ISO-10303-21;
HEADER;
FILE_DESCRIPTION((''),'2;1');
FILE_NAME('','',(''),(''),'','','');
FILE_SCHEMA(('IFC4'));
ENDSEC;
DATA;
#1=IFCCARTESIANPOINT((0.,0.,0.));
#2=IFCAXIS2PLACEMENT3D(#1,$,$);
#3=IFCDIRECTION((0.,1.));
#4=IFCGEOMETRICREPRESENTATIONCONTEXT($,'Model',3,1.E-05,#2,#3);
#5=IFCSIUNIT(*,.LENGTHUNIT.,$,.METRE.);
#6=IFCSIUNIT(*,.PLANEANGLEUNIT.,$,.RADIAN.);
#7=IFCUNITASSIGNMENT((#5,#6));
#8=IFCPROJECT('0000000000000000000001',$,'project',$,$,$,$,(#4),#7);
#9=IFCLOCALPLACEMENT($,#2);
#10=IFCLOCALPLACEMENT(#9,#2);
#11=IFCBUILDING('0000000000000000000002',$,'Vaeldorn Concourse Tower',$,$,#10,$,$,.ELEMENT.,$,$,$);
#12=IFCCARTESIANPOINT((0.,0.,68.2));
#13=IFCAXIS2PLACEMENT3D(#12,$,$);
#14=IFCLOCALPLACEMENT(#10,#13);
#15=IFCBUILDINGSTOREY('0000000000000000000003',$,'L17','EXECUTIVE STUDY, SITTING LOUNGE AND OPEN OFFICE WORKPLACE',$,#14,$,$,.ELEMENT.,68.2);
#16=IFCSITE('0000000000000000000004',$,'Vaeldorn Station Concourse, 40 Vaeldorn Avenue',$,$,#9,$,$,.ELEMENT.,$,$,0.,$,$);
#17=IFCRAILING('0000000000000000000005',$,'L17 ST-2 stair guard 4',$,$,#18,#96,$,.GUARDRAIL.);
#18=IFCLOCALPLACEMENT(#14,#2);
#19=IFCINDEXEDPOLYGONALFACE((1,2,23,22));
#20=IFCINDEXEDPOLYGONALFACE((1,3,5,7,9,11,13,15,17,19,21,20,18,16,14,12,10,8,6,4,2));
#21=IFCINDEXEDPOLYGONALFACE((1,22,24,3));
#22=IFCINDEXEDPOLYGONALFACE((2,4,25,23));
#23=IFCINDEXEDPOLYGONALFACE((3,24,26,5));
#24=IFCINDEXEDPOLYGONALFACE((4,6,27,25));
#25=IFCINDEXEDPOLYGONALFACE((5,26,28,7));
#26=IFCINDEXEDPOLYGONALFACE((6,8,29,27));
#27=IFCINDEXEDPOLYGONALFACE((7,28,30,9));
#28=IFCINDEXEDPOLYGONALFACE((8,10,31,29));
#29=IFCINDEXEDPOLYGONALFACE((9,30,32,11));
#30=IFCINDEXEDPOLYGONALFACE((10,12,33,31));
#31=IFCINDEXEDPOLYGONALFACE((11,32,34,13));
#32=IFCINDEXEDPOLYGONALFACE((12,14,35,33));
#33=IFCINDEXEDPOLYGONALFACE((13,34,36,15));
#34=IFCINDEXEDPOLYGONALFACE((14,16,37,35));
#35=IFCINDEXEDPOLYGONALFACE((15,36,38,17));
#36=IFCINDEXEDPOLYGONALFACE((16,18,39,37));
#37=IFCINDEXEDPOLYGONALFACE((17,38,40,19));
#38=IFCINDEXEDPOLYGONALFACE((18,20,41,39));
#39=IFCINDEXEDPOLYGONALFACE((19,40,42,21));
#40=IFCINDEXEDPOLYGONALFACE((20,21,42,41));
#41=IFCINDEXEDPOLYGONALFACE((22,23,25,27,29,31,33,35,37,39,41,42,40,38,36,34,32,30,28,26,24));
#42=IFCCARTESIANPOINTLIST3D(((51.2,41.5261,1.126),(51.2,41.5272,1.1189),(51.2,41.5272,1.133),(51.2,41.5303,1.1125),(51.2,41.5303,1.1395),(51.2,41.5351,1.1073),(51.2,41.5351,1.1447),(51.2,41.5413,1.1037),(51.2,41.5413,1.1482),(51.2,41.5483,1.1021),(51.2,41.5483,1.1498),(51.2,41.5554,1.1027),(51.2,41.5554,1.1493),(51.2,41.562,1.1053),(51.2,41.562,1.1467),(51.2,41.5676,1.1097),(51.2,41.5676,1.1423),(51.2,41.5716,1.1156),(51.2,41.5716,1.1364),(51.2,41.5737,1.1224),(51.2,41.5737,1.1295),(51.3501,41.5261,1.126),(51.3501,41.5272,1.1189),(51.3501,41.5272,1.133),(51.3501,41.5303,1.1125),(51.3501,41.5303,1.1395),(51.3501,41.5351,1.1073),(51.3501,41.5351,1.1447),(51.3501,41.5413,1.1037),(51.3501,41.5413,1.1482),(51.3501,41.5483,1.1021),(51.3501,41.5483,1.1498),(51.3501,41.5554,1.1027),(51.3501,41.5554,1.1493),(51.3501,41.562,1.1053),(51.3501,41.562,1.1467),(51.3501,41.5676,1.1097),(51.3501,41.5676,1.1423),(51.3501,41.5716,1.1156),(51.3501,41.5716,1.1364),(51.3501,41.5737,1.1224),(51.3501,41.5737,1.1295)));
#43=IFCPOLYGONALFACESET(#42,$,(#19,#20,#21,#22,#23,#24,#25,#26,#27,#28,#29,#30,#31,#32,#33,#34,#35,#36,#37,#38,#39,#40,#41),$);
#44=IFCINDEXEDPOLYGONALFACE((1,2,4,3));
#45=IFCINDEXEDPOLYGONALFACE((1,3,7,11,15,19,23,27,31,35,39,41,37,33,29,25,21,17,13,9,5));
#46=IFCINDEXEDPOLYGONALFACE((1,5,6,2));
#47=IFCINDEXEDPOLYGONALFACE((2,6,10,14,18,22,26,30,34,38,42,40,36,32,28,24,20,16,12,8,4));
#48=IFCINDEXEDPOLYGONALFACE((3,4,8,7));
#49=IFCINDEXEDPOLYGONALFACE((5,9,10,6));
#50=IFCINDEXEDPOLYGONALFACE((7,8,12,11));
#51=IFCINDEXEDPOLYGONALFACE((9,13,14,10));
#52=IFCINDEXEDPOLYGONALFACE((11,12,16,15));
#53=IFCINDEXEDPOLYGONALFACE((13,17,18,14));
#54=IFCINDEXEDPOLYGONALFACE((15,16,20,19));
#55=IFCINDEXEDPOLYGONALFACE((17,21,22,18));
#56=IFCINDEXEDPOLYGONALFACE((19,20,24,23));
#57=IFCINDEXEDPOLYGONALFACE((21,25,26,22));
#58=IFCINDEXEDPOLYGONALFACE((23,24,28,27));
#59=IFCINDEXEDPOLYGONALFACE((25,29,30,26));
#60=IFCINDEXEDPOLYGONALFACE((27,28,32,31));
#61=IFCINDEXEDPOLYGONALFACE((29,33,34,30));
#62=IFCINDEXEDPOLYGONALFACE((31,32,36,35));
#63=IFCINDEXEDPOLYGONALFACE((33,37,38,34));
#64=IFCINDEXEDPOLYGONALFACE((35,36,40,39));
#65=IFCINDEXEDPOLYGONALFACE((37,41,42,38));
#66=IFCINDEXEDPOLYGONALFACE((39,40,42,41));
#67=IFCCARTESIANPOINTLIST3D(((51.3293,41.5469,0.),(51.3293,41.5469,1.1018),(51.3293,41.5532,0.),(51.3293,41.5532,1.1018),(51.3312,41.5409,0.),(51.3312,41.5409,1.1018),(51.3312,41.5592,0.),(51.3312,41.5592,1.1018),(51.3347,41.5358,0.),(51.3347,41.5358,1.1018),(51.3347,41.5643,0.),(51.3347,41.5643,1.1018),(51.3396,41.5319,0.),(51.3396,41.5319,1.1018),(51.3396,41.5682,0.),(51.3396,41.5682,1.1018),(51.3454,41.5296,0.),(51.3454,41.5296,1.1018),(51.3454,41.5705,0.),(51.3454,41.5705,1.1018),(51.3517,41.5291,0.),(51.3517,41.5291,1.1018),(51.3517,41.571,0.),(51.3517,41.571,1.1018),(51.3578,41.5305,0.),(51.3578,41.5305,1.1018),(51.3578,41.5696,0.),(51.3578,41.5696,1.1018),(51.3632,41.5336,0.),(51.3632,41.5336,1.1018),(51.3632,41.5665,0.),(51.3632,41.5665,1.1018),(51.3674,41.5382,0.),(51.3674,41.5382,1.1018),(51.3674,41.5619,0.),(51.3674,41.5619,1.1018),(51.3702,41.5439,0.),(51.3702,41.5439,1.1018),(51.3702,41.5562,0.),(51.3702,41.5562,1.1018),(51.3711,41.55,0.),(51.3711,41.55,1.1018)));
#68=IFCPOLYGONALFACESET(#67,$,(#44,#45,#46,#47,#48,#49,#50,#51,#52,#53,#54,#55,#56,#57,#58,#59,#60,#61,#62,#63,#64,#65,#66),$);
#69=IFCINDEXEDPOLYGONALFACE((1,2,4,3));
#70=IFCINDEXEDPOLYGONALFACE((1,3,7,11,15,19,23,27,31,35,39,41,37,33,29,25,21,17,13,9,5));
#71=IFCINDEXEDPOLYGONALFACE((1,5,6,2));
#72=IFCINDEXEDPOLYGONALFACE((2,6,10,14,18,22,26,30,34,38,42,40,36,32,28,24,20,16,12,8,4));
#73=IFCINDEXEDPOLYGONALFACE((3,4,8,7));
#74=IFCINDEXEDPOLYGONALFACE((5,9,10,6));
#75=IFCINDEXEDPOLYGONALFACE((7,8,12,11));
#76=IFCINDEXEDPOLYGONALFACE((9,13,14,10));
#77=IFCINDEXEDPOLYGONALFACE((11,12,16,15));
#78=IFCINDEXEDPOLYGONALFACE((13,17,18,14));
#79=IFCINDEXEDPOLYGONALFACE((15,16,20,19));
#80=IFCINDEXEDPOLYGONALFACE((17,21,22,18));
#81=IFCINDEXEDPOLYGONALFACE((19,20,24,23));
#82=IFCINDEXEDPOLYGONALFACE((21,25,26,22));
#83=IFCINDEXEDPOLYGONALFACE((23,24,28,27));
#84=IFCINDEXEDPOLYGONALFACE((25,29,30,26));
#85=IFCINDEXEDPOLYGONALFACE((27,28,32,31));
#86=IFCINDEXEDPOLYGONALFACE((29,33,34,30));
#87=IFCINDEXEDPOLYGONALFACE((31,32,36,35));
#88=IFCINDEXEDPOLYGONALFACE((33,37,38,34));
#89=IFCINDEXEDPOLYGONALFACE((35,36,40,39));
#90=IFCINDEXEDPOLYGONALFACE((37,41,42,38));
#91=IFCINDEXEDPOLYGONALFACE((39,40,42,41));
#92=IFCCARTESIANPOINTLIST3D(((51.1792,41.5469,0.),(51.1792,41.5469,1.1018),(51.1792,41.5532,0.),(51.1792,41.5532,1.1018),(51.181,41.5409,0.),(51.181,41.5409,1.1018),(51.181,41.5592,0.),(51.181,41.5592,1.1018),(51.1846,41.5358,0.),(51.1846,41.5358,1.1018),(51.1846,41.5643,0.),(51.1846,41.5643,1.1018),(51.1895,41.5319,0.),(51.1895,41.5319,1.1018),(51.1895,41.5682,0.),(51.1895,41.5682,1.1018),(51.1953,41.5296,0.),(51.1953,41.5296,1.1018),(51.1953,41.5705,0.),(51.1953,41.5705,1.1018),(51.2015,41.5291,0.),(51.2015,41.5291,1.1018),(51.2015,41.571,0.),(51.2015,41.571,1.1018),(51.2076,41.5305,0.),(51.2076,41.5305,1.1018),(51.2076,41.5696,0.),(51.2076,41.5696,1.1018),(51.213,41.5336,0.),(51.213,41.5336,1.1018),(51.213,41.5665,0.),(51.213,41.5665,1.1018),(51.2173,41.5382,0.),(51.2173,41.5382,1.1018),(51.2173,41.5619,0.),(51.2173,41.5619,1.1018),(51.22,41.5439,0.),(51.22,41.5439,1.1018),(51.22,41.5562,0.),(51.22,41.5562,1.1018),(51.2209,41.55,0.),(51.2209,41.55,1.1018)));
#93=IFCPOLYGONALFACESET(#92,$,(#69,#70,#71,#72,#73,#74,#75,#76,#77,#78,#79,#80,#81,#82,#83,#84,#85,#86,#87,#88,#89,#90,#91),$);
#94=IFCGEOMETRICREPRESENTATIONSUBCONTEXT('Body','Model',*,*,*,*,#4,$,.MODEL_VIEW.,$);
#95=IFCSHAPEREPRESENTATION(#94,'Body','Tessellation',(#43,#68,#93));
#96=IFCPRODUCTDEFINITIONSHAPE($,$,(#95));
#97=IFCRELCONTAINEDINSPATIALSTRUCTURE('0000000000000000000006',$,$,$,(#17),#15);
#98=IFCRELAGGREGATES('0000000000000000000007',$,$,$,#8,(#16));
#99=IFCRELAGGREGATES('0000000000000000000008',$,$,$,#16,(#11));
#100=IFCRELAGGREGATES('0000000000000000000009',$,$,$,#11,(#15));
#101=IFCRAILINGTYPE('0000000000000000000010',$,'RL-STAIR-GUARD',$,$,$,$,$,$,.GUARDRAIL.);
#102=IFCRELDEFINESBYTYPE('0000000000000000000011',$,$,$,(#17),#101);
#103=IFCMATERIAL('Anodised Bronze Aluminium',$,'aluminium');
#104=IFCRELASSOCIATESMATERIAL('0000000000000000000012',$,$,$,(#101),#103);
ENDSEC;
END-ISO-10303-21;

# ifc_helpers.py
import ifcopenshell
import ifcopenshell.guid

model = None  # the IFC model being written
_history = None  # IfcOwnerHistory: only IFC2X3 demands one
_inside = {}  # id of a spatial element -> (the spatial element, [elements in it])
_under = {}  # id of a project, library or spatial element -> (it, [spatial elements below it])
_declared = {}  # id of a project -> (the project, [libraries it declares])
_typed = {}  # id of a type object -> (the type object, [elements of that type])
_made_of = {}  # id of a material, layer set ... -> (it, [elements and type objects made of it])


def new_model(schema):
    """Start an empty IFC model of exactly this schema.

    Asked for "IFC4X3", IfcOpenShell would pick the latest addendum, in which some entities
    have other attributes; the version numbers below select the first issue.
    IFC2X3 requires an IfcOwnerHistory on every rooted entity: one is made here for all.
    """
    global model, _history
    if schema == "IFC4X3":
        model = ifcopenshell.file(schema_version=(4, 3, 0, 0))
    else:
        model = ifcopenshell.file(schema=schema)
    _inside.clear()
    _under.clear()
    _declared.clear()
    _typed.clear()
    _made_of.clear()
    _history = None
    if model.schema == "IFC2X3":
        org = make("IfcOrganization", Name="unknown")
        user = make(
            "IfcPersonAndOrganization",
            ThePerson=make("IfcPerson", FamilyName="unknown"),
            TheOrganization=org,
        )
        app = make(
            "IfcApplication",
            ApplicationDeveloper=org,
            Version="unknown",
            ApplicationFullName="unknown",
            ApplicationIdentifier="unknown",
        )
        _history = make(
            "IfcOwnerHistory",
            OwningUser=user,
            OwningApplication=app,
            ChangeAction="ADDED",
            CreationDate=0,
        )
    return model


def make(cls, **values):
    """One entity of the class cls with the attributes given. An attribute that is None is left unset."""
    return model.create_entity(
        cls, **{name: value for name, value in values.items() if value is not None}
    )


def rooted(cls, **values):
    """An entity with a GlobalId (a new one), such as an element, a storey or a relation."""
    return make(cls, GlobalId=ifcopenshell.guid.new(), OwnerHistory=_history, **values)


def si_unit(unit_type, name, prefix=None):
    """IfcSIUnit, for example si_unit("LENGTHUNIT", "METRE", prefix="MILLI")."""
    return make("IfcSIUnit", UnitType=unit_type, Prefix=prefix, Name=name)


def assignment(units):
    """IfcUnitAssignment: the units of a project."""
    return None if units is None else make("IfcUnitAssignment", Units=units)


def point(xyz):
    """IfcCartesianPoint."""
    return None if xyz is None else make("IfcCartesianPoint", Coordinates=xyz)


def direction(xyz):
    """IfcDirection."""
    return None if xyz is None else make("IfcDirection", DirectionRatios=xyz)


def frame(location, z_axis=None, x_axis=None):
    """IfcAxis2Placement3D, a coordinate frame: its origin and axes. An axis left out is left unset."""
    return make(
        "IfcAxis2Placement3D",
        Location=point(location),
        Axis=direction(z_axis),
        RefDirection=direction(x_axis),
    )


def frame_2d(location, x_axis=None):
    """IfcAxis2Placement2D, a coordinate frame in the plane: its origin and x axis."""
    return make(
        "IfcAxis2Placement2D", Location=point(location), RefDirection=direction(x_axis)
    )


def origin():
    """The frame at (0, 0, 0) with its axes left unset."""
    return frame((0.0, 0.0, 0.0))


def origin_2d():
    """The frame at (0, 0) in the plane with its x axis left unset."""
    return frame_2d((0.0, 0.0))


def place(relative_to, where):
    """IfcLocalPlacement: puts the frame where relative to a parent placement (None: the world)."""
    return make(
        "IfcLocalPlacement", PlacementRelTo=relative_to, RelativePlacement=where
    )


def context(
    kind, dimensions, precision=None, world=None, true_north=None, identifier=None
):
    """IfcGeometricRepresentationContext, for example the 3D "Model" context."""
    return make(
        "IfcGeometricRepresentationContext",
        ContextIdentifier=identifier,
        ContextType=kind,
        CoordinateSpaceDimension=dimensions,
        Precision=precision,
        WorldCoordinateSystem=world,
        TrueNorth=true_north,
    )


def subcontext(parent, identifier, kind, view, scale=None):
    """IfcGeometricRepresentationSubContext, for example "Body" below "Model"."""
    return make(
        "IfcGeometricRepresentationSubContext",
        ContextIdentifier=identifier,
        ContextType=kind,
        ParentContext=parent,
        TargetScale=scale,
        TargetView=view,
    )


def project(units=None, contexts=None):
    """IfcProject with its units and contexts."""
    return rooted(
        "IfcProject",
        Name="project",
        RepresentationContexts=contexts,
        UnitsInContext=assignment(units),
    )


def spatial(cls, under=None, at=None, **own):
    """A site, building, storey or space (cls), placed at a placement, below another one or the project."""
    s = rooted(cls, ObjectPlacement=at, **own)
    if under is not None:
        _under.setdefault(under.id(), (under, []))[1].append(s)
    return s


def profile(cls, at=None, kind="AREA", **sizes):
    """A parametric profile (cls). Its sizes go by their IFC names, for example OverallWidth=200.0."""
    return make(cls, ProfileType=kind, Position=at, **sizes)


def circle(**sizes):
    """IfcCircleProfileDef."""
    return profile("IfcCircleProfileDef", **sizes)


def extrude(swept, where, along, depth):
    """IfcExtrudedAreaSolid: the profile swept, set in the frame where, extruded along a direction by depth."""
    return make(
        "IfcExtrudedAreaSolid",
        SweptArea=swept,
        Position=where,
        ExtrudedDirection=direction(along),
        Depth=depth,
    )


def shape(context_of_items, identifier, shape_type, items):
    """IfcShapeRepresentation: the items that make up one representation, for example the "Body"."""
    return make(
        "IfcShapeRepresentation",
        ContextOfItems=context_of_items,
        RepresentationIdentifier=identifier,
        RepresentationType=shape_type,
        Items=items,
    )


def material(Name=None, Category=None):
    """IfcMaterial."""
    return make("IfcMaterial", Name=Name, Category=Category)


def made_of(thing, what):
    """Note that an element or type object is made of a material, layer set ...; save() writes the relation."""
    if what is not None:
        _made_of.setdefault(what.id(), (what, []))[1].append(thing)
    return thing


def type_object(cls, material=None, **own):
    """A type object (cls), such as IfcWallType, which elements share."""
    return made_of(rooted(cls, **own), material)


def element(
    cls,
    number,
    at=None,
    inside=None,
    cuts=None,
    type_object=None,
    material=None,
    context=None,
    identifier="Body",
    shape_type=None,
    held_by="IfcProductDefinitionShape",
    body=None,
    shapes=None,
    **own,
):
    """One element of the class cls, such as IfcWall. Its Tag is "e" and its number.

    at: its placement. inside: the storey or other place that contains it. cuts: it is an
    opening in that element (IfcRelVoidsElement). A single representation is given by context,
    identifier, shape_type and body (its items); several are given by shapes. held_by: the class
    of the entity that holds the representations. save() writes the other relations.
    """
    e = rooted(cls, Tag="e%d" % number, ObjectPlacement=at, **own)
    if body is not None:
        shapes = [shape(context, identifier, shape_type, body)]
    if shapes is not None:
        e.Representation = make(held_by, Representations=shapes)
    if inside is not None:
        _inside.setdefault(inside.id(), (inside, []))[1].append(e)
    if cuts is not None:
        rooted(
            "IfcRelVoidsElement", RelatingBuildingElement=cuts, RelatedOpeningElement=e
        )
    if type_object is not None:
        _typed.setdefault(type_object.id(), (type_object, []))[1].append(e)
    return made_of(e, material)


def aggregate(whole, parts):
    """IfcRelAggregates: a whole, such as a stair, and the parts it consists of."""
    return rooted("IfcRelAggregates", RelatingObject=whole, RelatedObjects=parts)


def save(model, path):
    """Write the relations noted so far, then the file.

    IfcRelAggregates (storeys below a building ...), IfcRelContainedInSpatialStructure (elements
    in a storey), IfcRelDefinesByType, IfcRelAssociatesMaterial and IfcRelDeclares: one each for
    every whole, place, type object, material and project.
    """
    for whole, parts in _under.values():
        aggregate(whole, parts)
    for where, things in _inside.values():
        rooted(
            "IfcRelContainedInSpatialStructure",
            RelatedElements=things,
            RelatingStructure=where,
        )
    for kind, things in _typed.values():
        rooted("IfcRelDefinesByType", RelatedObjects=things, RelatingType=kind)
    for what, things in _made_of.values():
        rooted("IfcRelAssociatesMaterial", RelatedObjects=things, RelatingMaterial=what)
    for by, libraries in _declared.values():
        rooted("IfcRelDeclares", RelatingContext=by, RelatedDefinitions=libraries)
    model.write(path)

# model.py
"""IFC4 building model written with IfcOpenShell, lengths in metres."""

from ifc_helpers import new_model, si_unit, direction, frame, origin, origin_2d, place, context, subcontext, project, spatial, circle, extrude, material, type_object, element, save


model = new_model("IFC4")

# Units and contexts
model_context = context("Model", 3, precision=1e-05, world=origin(), true_north=direction((0.0, 1.0)))
body_context = subcontext(model_context, "Body", "Model", "MODEL_VIEW")
ifc_project = project(units=[si_unit("LENGTHUNIT", "METRE"), si_unit("PLANEANGLEUNIT", "RADIAN")], contexts=[model_context])

# Site, building, storey
site_placement = place(None, origin())
site = spatial("IfcSite", under=ifc_project, at=site_placement, Name="Vaeldorn Station Concourse, 40 Vaeldorn Avenue", CompositionType="ELEMENT", RefElevation=0.0)
building_placement = place(site_placement, origin())
building = spatial("IfcBuilding", under=site, at=building_placement, Name="Vaeldorn Concourse Tower", CompositionType="ELEMENT")
storey_placement = place(building_placement, frame((0.0, 0.0, 68.2)))
storey = spatial("IfcBuildingStorey", under=building, at=storey_placement, Name="L17", Description="EXECUTIVE STUDY, SITTING LOUNGE AND OPEN OFFICE WORKPLACE", CompositionType="ELEMENT", Elevation=68.2)

# Shared definitions
ifc_material_1 = material(Name="Anodised Bronze Aluminium", Category="aluminium")

# Railing
railing_type_1 = type_object("IfcRailingType", Name="RL-STAIR-GUARD", PredefinedType="GUARDRAIL", material=ifc_material_1)
railing_1_placement = place(storey_placement, frame((51.3501, 41.55, 0.0)))
element("IfcRailing", 1, at=railing_1_placement, inside=storey, type_object=railing_type_1, Name="L17 ST-2 stair guard 4", PredefinedType="GUARDRAIL", context=body_context, shape_type="SweptSolid", body=[
    extrude(circle(Radius=0.0239, at=origin_2d()), frame((0.0, 0.0, 1.126), z_axis=(-1.0, 0.0, 0.0), x_axis=(0.0, -1.0, 0.0)), (0.0, 0.0, 1.0), 0.1501),
    extrude(circle(Radius=0.021, at=origin_2d()), origin(), (0.0, 0.0, 1.0), 1.1018),
    extrude(circle(Radius=0.021, at=origin_2d()), frame((-0.1501, 0.0, 0.0)), (0.0, 0.0, 1.0), 1.1018),
])

save(model, "model.ifc")
